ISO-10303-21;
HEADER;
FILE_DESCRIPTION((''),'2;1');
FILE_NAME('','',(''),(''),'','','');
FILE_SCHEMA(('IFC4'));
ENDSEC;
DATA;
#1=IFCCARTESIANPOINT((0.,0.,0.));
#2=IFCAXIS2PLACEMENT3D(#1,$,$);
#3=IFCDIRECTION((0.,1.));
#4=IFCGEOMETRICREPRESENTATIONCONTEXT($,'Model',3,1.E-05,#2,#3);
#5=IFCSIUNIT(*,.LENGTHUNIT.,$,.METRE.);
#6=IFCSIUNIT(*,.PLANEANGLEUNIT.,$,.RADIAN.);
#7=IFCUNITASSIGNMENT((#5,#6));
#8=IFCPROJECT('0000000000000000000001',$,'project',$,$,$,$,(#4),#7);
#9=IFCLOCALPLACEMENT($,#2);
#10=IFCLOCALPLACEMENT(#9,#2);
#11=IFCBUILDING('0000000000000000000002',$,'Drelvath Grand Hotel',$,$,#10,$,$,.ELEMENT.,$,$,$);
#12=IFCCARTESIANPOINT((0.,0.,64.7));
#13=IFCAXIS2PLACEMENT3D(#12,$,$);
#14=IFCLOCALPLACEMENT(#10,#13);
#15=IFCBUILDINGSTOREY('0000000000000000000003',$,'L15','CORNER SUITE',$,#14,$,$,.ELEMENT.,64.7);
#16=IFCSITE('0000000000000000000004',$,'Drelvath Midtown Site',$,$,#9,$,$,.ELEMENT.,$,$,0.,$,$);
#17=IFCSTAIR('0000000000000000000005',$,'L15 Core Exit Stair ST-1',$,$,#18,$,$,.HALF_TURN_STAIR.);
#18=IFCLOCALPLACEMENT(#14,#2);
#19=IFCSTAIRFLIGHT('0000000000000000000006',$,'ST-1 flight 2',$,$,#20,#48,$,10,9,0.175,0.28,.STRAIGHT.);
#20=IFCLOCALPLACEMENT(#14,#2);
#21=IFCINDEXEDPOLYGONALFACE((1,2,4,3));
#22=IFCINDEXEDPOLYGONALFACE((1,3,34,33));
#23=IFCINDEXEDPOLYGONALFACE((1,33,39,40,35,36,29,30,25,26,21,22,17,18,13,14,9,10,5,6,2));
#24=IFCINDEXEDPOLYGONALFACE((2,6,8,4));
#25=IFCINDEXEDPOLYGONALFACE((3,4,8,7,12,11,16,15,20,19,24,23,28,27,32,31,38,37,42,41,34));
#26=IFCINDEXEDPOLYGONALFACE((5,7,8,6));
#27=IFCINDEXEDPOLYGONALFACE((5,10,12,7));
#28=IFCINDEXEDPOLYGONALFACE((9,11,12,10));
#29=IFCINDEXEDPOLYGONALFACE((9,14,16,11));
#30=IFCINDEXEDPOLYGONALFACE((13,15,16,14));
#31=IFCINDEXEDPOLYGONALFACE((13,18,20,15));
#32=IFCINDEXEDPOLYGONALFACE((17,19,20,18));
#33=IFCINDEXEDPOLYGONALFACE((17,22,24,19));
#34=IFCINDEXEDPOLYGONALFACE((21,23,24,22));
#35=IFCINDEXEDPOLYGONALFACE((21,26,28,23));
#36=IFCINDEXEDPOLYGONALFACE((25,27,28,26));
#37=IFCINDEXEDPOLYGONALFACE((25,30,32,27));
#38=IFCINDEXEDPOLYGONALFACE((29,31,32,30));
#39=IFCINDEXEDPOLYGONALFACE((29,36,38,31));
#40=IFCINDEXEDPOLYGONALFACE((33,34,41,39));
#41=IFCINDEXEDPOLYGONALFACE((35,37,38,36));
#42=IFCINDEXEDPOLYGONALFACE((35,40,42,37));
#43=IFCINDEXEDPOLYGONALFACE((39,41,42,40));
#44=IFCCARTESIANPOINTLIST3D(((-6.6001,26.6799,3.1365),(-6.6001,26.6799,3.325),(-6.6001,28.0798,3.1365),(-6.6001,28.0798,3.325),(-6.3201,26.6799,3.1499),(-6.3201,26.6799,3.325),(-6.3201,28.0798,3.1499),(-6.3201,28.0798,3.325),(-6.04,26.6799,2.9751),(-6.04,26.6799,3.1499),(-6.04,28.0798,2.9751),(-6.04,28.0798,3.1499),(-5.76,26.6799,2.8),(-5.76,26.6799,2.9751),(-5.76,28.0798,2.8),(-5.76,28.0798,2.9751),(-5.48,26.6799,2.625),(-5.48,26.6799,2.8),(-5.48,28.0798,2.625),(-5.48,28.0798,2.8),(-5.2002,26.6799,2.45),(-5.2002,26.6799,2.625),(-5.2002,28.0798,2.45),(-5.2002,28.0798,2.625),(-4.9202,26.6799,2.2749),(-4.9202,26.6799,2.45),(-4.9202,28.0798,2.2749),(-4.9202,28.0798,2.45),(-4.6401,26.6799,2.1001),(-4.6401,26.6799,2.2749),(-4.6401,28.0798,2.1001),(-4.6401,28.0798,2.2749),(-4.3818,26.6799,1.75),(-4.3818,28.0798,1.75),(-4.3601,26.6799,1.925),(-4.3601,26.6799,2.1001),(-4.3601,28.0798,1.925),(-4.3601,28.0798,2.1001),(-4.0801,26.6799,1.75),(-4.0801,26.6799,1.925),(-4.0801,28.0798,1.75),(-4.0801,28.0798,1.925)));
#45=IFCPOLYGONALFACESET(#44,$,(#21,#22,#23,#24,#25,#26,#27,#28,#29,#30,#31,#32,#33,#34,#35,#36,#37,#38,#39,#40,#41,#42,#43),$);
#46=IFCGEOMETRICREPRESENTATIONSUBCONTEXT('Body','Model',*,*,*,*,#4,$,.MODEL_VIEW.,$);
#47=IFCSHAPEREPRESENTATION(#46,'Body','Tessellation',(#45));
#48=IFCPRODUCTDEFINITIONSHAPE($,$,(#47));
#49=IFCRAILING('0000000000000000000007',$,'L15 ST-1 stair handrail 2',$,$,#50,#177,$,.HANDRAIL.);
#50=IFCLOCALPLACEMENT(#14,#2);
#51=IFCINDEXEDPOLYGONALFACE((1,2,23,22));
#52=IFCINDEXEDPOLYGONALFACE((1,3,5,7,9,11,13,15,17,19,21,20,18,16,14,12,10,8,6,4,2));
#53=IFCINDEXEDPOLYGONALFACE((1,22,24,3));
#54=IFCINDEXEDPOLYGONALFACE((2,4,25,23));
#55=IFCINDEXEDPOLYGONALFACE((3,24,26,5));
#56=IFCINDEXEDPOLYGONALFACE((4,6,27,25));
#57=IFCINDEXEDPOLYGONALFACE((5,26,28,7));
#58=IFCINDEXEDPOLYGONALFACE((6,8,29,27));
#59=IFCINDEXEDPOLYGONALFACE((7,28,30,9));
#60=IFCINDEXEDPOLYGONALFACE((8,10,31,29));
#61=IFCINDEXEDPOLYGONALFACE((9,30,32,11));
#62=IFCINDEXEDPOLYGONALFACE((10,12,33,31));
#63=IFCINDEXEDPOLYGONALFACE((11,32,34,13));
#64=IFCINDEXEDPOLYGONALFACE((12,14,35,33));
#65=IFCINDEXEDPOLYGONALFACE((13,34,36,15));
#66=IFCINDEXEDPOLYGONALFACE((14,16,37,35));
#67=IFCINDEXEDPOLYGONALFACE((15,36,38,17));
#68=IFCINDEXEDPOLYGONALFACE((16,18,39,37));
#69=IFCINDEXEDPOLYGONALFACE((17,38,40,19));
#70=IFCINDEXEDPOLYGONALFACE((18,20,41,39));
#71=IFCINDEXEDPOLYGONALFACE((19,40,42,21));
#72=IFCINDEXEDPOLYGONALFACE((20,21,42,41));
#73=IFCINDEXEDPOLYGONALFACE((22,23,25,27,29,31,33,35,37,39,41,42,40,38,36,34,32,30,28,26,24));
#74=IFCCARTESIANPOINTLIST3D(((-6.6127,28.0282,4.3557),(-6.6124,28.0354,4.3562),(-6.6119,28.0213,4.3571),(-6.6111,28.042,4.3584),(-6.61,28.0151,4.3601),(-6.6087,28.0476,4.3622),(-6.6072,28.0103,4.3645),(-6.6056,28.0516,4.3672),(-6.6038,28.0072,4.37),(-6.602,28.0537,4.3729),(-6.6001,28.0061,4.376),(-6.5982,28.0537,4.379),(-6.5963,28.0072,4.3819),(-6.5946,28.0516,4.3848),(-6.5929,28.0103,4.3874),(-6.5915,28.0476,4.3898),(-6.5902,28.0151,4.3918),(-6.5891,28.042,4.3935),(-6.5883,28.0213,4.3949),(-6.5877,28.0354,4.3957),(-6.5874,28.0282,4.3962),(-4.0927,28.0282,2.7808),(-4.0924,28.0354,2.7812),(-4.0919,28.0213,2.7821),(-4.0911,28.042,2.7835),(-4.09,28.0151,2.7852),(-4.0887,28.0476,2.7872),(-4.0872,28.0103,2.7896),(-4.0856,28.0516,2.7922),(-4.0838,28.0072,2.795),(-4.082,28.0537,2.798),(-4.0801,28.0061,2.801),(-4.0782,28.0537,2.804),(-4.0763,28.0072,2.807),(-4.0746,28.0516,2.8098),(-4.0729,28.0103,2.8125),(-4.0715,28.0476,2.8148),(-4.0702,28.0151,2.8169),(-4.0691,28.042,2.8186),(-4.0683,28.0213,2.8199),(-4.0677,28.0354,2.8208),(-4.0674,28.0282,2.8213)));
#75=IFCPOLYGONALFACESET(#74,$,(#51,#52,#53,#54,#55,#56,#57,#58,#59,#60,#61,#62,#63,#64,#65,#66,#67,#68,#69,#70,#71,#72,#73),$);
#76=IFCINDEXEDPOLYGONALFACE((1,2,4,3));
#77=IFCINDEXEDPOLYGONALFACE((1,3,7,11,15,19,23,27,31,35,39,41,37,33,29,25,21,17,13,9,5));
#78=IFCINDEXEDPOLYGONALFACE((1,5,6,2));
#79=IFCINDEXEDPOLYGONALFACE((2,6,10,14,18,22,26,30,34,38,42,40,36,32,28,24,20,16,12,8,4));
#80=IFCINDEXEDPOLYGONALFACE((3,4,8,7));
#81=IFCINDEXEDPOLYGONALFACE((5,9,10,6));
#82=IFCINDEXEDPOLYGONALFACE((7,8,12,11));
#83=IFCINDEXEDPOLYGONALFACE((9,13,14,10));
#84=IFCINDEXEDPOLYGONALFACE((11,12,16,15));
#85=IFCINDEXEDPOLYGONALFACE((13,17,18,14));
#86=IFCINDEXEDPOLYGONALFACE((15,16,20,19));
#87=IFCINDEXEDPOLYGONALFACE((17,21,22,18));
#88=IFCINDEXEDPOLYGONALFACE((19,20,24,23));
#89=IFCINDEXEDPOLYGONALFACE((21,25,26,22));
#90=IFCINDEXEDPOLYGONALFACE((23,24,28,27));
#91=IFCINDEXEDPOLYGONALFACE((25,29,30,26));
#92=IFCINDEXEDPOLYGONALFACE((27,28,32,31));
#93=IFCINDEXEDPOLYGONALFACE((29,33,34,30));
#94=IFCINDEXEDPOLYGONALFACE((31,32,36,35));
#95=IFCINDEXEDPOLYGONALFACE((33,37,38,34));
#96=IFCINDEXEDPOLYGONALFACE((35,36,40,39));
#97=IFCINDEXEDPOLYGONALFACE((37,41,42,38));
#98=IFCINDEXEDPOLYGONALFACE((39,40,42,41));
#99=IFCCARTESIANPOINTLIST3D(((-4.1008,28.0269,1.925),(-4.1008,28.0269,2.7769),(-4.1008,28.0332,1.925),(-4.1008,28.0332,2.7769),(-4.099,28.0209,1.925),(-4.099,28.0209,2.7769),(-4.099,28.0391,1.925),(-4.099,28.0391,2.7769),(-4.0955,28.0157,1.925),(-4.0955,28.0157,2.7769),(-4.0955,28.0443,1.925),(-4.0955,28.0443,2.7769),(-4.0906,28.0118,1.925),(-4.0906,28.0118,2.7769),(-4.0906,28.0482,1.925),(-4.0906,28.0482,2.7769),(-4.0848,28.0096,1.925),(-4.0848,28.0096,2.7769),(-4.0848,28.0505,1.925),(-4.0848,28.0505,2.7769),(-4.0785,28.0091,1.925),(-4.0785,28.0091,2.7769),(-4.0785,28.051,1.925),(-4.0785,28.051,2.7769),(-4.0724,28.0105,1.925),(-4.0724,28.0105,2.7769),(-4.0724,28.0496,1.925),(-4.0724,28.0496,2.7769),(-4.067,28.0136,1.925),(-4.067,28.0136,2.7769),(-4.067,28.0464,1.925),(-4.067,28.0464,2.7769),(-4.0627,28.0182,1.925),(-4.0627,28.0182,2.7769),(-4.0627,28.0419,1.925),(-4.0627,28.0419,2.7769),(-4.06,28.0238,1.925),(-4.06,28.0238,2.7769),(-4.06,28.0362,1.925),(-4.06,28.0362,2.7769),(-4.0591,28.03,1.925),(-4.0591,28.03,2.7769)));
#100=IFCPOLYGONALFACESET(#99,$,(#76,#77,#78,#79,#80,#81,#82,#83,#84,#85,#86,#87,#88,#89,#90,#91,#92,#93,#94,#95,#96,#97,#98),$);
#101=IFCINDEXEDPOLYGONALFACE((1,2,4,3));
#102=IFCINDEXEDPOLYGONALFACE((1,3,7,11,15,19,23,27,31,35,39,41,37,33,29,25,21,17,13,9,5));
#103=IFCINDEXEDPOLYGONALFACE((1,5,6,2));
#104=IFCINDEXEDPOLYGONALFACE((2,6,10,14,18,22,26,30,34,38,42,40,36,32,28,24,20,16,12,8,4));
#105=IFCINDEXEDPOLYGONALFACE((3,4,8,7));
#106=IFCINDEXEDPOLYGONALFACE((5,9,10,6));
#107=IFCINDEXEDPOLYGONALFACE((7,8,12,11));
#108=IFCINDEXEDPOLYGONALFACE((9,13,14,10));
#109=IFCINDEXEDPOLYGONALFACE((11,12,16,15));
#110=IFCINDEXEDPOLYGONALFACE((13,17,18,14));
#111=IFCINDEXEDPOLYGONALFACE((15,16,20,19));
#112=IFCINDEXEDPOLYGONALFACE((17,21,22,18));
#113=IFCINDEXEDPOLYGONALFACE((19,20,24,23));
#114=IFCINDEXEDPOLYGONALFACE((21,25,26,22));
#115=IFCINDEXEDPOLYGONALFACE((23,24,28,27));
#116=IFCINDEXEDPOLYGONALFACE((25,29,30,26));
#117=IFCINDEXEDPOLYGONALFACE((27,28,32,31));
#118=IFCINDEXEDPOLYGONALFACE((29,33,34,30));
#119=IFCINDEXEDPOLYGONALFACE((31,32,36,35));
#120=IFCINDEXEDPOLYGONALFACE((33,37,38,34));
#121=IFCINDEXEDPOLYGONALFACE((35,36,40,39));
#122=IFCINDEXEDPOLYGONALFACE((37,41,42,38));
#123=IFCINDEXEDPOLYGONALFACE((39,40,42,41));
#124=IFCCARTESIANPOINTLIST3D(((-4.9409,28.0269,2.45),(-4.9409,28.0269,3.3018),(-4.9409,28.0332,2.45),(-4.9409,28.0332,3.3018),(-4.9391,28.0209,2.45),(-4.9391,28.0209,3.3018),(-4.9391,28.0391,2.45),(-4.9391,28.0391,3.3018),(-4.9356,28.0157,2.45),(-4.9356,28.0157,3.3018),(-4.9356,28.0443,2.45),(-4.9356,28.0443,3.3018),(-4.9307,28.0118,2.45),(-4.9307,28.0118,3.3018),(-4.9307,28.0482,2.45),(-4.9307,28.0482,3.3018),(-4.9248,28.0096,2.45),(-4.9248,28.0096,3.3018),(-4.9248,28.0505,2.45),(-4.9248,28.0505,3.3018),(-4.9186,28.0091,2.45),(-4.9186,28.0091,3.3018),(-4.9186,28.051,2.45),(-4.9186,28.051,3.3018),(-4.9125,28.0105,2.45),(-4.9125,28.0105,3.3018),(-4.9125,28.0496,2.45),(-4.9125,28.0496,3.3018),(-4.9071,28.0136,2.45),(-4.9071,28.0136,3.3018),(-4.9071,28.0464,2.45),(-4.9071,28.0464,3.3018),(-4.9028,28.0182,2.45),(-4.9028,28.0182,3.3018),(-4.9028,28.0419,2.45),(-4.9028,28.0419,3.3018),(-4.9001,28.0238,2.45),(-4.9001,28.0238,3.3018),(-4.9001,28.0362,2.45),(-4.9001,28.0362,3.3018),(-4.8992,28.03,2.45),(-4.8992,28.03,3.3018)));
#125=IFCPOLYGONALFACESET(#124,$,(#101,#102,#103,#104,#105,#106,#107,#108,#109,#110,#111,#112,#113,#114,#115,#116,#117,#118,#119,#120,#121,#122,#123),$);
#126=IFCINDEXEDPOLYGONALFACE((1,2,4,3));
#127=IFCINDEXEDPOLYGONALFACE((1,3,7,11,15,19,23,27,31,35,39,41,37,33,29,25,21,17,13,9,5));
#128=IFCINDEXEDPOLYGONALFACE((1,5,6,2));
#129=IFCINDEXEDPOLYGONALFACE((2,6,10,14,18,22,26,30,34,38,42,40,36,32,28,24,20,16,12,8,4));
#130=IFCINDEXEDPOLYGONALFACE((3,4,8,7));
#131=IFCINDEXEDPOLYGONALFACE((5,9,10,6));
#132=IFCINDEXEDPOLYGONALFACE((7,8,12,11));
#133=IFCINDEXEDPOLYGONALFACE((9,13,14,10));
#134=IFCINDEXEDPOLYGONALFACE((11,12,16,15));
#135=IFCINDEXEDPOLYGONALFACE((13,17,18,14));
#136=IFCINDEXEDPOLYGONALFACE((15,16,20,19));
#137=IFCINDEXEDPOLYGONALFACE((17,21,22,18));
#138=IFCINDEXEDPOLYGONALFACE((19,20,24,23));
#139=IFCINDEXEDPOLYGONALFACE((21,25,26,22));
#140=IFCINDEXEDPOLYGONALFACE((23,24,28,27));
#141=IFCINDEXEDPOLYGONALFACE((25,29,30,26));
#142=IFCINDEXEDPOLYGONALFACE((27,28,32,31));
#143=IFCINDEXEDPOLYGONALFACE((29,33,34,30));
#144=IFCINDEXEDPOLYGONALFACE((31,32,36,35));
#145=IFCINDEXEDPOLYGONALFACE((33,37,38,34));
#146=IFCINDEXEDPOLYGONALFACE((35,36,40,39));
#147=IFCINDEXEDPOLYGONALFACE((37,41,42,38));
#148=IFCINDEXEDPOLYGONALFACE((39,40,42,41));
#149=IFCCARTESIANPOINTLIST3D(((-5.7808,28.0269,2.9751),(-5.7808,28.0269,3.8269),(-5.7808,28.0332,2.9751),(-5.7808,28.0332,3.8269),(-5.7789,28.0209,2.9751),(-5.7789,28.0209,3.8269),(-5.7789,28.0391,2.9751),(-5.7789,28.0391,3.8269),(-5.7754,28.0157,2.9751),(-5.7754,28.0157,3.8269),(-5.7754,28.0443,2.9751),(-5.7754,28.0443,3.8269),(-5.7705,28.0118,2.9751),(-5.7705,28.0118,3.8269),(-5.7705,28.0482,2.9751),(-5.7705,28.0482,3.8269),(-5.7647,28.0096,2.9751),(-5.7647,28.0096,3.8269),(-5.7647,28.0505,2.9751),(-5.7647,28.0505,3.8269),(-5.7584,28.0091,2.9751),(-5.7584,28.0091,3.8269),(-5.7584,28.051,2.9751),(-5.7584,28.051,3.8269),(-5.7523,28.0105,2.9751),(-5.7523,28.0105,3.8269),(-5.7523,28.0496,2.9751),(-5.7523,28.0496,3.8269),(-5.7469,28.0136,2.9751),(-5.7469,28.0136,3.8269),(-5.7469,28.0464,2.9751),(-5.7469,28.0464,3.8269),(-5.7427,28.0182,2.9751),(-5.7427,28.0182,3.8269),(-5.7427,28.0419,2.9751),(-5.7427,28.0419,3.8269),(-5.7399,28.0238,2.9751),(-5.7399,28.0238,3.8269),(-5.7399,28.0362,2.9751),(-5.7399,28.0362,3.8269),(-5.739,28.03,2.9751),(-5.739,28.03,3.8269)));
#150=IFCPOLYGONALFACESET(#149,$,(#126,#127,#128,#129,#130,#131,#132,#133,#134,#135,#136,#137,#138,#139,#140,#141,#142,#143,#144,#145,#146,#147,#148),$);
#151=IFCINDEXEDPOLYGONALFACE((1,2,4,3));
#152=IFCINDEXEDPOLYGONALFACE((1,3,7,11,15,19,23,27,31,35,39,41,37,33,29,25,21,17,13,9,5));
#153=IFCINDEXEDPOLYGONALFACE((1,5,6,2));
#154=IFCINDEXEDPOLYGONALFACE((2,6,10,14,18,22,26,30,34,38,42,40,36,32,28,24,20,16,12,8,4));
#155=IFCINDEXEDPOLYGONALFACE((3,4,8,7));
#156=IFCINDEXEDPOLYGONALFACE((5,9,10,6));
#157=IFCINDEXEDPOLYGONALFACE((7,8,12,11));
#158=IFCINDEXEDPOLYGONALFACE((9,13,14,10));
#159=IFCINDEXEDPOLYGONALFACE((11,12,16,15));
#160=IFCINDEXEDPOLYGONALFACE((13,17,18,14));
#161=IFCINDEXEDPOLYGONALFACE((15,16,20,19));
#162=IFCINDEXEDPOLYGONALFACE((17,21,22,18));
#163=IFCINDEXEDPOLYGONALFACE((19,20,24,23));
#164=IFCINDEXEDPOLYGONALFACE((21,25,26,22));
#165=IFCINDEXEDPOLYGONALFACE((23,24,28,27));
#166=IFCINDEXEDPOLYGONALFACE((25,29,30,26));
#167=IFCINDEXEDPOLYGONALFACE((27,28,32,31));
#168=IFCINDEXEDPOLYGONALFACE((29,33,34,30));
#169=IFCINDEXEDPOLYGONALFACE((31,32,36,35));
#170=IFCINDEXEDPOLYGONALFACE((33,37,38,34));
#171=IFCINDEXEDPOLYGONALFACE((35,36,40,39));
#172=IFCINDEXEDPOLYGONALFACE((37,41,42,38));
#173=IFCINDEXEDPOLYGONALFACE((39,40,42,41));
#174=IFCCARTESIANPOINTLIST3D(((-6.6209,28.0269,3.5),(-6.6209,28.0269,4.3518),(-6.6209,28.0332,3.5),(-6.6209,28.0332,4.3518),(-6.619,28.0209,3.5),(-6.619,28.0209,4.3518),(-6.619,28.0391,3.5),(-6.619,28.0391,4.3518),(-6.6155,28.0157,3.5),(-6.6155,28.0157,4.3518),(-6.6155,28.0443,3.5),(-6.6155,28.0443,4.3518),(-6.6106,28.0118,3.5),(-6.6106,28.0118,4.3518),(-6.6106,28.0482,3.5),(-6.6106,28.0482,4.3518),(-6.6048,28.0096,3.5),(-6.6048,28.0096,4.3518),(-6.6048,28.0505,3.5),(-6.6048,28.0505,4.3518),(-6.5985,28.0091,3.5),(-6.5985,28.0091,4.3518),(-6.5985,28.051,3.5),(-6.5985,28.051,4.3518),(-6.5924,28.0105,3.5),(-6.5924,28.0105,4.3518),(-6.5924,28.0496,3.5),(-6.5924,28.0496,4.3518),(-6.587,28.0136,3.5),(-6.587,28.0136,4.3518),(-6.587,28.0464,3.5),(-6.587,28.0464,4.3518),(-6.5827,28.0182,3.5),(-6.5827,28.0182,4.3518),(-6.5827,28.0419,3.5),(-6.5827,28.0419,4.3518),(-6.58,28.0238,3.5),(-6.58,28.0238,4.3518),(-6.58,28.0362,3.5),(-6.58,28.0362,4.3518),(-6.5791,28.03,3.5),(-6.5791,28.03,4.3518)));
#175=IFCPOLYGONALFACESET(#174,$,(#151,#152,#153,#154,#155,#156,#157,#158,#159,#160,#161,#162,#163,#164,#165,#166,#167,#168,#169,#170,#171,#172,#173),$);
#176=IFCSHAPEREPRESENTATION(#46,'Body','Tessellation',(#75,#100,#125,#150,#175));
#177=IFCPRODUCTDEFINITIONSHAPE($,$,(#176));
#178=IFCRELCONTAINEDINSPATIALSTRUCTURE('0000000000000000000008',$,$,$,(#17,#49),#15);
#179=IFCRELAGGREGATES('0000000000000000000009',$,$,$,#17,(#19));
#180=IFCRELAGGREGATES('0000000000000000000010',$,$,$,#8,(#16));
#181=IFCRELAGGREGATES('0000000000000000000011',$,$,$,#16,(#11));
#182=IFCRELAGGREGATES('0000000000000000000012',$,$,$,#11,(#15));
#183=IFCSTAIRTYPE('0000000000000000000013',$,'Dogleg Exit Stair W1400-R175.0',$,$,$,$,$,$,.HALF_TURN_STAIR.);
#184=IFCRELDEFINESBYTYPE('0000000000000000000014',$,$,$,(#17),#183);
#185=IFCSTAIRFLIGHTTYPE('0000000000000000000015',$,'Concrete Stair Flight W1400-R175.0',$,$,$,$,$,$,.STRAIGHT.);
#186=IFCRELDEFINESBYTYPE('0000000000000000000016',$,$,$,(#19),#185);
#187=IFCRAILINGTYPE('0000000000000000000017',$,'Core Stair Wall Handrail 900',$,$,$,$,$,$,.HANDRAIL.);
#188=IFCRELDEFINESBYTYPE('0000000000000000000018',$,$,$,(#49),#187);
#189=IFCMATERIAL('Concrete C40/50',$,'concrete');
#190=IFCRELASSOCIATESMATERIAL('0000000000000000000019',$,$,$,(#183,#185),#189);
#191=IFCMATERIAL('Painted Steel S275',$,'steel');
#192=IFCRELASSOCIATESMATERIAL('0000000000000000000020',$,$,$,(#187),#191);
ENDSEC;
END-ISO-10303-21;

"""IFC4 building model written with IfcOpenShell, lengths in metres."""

from ifc_helpers import new_model, si_unit, direction, frame, origin, origin_2d, place, context, subcontext, project, spatial, polyline, circle, outline, extrude, material, type_object, element, aggregate, save


model = new_model("IFC4")

# Units and contexts
model_context = context("Model", 3, precision=1e-05, world=origin(), true_north=direction((0.0, 1.0)))
body_context = subcontext(model_context, "Body", "Model", "MODEL_VIEW")
ifc_project = project(units=[si_unit("LENGTHUNIT", "METRE"), si_unit("PLANEANGLEUNIT", "RADIAN")], contexts=[model_context])

# Site, building, storey
site_placement = place(None, origin())
site = spatial("IfcSite", under=ifc_project, at=site_placement, Name="Drelvath Midtown Site", CompositionType="ELEMENT", RefElevation=0.0)
building_placement = place(site_placement, origin())
building = spatial("IfcBuilding", under=site, at=building_placement, Name="Drelvath Grand Hotel", CompositionType="ELEMENT")
storey_placement = place(building_placement, frame((0.0, 0.0, 64.7)))
storey = spatial("IfcBuildingStorey", under=building, at=storey_placement, Name="L15", Description="CORNER SUITE", CompositionType="ELEMENT", Elevation=64.7)

# Shared definitions
ifc_material_1 = material(Name="Painted Steel S275", Category="steel")

# Shared definitions
ifc_material_2 = material(Name="Concrete C40/50", Category="concrete")

# Stair, stair flight
stair_type = type_object("IfcStairType", Name="Dogleg Exit Stair W1400-R175.0", PredefinedType="HALF_TURN_STAIR", material=ifc_material_2)
stair_placement = place(storey_placement, origin())
stair = element("IfcStair", 1, at=stair_placement, inside=storey, type_object=stair_type, Name="L15 Core Exit Stair ST-1", PredefinedType="HALF_TURN_STAIR")
stair_flight_type = type_object("IfcStairFlightType", Name="Concrete Stair Flight W1400-R175.0", PredefinedType="STRAIGHT", material=ifc_material_2)
stair_flight_placement = place(storey_placement, frame((-4.0801, 27.3799, 1.75), z_axis=(0.0, 0.0, 1.0), x_axis=(-1.0, 0.0, 0.0)))
stair_flight = element("IfcStairFlight", 2, at=stair_flight_placement, type_object=stair_flight_type, Name="ST-1 flight 2", NumberOfRisers=10, NumberOfTreads=9, PredefinedType="STRAIGHT", RiserHeight=0.175, TreadLength=0.28, context=body_context, shape_type="SweptSolid", body=[
    extrude(outline(polyline([(0.0, 0.0), (0.0, 0.175), (0.28, 0.175), (0.28, 0.3501), (0.5601, 0.3501), (0.5601, 0.5249), (0.8401, 0.5249), (0.8401, 0.7), (1.1201, 0.7), (1.1201, 0.875), (1.3999, 0.875), (1.3999, 1.05), (1.6799, 1.05), (1.6799, 1.2251), (1.96, 1.2251), (1.96, 1.3999), (2.24, 1.3999), (2.24, 1.575), (2.52, 1.575), (2.52, 1.75), (2.52, 1.3865), (0.3018, 0.0), (0.0, 0.0)])), frame((0.0, 0.7, 0.0), z_axis=(0.0, -1.0, 0.0), x_axis=(1.0, 0.0, 0.0)), (0.0, 0.0, 1.0), 1.3999),
])
aggregate(stair, [stair_flight])

# Railing
railing_type = type_object("IfcRailingType", Name="Core Stair Wall Handrail 900", PredefinedType="HANDRAIL", material=ifc_material_1)
railing_placement = place(storey_placement, frame((-4.0801, 28.03, 1.925)))
element("IfcRailing", 3, at=railing_placement, inside=storey, type_object=railing_type, Name="L15 ST-1 stair handrail 2", PredefinedType="HANDRAIL", context=body_context, shape_type="SweptSolid", body=[
    extrude(circle(Radius=0.0239, at=origin_2d()), frame((0.0, 0.0, 0.876), z_axis=(-0.848008, 0.0, 0.529984), x_axis=(0.0, -1.0, 0.0)), (0.0, 0.0, 1.0), 2.9717),
    extrude(circle(Radius=0.021, at=origin_2d()), origin(), (0.0, 0.0, 1.0), 0.8518),
    extrude(circle(Radius=0.021, at=origin_2d()), frame((-0.8401, 0.0, 0.5249)), (0.0, 0.0, 1.0), 0.8518),
    extrude(circle(Radius=0.021, at=origin_2d()), frame((-1.6799, 0.0, 1.05)), (0.0, 0.0, 1.0), 0.8518),
    extrude(circle(Radius=0.021, at=origin_2d()), frame((-2.52, 0.0, 1.575)), (0.0, 0.0, 1.0), 0.8518),
])

save(model, "model.ifc")
